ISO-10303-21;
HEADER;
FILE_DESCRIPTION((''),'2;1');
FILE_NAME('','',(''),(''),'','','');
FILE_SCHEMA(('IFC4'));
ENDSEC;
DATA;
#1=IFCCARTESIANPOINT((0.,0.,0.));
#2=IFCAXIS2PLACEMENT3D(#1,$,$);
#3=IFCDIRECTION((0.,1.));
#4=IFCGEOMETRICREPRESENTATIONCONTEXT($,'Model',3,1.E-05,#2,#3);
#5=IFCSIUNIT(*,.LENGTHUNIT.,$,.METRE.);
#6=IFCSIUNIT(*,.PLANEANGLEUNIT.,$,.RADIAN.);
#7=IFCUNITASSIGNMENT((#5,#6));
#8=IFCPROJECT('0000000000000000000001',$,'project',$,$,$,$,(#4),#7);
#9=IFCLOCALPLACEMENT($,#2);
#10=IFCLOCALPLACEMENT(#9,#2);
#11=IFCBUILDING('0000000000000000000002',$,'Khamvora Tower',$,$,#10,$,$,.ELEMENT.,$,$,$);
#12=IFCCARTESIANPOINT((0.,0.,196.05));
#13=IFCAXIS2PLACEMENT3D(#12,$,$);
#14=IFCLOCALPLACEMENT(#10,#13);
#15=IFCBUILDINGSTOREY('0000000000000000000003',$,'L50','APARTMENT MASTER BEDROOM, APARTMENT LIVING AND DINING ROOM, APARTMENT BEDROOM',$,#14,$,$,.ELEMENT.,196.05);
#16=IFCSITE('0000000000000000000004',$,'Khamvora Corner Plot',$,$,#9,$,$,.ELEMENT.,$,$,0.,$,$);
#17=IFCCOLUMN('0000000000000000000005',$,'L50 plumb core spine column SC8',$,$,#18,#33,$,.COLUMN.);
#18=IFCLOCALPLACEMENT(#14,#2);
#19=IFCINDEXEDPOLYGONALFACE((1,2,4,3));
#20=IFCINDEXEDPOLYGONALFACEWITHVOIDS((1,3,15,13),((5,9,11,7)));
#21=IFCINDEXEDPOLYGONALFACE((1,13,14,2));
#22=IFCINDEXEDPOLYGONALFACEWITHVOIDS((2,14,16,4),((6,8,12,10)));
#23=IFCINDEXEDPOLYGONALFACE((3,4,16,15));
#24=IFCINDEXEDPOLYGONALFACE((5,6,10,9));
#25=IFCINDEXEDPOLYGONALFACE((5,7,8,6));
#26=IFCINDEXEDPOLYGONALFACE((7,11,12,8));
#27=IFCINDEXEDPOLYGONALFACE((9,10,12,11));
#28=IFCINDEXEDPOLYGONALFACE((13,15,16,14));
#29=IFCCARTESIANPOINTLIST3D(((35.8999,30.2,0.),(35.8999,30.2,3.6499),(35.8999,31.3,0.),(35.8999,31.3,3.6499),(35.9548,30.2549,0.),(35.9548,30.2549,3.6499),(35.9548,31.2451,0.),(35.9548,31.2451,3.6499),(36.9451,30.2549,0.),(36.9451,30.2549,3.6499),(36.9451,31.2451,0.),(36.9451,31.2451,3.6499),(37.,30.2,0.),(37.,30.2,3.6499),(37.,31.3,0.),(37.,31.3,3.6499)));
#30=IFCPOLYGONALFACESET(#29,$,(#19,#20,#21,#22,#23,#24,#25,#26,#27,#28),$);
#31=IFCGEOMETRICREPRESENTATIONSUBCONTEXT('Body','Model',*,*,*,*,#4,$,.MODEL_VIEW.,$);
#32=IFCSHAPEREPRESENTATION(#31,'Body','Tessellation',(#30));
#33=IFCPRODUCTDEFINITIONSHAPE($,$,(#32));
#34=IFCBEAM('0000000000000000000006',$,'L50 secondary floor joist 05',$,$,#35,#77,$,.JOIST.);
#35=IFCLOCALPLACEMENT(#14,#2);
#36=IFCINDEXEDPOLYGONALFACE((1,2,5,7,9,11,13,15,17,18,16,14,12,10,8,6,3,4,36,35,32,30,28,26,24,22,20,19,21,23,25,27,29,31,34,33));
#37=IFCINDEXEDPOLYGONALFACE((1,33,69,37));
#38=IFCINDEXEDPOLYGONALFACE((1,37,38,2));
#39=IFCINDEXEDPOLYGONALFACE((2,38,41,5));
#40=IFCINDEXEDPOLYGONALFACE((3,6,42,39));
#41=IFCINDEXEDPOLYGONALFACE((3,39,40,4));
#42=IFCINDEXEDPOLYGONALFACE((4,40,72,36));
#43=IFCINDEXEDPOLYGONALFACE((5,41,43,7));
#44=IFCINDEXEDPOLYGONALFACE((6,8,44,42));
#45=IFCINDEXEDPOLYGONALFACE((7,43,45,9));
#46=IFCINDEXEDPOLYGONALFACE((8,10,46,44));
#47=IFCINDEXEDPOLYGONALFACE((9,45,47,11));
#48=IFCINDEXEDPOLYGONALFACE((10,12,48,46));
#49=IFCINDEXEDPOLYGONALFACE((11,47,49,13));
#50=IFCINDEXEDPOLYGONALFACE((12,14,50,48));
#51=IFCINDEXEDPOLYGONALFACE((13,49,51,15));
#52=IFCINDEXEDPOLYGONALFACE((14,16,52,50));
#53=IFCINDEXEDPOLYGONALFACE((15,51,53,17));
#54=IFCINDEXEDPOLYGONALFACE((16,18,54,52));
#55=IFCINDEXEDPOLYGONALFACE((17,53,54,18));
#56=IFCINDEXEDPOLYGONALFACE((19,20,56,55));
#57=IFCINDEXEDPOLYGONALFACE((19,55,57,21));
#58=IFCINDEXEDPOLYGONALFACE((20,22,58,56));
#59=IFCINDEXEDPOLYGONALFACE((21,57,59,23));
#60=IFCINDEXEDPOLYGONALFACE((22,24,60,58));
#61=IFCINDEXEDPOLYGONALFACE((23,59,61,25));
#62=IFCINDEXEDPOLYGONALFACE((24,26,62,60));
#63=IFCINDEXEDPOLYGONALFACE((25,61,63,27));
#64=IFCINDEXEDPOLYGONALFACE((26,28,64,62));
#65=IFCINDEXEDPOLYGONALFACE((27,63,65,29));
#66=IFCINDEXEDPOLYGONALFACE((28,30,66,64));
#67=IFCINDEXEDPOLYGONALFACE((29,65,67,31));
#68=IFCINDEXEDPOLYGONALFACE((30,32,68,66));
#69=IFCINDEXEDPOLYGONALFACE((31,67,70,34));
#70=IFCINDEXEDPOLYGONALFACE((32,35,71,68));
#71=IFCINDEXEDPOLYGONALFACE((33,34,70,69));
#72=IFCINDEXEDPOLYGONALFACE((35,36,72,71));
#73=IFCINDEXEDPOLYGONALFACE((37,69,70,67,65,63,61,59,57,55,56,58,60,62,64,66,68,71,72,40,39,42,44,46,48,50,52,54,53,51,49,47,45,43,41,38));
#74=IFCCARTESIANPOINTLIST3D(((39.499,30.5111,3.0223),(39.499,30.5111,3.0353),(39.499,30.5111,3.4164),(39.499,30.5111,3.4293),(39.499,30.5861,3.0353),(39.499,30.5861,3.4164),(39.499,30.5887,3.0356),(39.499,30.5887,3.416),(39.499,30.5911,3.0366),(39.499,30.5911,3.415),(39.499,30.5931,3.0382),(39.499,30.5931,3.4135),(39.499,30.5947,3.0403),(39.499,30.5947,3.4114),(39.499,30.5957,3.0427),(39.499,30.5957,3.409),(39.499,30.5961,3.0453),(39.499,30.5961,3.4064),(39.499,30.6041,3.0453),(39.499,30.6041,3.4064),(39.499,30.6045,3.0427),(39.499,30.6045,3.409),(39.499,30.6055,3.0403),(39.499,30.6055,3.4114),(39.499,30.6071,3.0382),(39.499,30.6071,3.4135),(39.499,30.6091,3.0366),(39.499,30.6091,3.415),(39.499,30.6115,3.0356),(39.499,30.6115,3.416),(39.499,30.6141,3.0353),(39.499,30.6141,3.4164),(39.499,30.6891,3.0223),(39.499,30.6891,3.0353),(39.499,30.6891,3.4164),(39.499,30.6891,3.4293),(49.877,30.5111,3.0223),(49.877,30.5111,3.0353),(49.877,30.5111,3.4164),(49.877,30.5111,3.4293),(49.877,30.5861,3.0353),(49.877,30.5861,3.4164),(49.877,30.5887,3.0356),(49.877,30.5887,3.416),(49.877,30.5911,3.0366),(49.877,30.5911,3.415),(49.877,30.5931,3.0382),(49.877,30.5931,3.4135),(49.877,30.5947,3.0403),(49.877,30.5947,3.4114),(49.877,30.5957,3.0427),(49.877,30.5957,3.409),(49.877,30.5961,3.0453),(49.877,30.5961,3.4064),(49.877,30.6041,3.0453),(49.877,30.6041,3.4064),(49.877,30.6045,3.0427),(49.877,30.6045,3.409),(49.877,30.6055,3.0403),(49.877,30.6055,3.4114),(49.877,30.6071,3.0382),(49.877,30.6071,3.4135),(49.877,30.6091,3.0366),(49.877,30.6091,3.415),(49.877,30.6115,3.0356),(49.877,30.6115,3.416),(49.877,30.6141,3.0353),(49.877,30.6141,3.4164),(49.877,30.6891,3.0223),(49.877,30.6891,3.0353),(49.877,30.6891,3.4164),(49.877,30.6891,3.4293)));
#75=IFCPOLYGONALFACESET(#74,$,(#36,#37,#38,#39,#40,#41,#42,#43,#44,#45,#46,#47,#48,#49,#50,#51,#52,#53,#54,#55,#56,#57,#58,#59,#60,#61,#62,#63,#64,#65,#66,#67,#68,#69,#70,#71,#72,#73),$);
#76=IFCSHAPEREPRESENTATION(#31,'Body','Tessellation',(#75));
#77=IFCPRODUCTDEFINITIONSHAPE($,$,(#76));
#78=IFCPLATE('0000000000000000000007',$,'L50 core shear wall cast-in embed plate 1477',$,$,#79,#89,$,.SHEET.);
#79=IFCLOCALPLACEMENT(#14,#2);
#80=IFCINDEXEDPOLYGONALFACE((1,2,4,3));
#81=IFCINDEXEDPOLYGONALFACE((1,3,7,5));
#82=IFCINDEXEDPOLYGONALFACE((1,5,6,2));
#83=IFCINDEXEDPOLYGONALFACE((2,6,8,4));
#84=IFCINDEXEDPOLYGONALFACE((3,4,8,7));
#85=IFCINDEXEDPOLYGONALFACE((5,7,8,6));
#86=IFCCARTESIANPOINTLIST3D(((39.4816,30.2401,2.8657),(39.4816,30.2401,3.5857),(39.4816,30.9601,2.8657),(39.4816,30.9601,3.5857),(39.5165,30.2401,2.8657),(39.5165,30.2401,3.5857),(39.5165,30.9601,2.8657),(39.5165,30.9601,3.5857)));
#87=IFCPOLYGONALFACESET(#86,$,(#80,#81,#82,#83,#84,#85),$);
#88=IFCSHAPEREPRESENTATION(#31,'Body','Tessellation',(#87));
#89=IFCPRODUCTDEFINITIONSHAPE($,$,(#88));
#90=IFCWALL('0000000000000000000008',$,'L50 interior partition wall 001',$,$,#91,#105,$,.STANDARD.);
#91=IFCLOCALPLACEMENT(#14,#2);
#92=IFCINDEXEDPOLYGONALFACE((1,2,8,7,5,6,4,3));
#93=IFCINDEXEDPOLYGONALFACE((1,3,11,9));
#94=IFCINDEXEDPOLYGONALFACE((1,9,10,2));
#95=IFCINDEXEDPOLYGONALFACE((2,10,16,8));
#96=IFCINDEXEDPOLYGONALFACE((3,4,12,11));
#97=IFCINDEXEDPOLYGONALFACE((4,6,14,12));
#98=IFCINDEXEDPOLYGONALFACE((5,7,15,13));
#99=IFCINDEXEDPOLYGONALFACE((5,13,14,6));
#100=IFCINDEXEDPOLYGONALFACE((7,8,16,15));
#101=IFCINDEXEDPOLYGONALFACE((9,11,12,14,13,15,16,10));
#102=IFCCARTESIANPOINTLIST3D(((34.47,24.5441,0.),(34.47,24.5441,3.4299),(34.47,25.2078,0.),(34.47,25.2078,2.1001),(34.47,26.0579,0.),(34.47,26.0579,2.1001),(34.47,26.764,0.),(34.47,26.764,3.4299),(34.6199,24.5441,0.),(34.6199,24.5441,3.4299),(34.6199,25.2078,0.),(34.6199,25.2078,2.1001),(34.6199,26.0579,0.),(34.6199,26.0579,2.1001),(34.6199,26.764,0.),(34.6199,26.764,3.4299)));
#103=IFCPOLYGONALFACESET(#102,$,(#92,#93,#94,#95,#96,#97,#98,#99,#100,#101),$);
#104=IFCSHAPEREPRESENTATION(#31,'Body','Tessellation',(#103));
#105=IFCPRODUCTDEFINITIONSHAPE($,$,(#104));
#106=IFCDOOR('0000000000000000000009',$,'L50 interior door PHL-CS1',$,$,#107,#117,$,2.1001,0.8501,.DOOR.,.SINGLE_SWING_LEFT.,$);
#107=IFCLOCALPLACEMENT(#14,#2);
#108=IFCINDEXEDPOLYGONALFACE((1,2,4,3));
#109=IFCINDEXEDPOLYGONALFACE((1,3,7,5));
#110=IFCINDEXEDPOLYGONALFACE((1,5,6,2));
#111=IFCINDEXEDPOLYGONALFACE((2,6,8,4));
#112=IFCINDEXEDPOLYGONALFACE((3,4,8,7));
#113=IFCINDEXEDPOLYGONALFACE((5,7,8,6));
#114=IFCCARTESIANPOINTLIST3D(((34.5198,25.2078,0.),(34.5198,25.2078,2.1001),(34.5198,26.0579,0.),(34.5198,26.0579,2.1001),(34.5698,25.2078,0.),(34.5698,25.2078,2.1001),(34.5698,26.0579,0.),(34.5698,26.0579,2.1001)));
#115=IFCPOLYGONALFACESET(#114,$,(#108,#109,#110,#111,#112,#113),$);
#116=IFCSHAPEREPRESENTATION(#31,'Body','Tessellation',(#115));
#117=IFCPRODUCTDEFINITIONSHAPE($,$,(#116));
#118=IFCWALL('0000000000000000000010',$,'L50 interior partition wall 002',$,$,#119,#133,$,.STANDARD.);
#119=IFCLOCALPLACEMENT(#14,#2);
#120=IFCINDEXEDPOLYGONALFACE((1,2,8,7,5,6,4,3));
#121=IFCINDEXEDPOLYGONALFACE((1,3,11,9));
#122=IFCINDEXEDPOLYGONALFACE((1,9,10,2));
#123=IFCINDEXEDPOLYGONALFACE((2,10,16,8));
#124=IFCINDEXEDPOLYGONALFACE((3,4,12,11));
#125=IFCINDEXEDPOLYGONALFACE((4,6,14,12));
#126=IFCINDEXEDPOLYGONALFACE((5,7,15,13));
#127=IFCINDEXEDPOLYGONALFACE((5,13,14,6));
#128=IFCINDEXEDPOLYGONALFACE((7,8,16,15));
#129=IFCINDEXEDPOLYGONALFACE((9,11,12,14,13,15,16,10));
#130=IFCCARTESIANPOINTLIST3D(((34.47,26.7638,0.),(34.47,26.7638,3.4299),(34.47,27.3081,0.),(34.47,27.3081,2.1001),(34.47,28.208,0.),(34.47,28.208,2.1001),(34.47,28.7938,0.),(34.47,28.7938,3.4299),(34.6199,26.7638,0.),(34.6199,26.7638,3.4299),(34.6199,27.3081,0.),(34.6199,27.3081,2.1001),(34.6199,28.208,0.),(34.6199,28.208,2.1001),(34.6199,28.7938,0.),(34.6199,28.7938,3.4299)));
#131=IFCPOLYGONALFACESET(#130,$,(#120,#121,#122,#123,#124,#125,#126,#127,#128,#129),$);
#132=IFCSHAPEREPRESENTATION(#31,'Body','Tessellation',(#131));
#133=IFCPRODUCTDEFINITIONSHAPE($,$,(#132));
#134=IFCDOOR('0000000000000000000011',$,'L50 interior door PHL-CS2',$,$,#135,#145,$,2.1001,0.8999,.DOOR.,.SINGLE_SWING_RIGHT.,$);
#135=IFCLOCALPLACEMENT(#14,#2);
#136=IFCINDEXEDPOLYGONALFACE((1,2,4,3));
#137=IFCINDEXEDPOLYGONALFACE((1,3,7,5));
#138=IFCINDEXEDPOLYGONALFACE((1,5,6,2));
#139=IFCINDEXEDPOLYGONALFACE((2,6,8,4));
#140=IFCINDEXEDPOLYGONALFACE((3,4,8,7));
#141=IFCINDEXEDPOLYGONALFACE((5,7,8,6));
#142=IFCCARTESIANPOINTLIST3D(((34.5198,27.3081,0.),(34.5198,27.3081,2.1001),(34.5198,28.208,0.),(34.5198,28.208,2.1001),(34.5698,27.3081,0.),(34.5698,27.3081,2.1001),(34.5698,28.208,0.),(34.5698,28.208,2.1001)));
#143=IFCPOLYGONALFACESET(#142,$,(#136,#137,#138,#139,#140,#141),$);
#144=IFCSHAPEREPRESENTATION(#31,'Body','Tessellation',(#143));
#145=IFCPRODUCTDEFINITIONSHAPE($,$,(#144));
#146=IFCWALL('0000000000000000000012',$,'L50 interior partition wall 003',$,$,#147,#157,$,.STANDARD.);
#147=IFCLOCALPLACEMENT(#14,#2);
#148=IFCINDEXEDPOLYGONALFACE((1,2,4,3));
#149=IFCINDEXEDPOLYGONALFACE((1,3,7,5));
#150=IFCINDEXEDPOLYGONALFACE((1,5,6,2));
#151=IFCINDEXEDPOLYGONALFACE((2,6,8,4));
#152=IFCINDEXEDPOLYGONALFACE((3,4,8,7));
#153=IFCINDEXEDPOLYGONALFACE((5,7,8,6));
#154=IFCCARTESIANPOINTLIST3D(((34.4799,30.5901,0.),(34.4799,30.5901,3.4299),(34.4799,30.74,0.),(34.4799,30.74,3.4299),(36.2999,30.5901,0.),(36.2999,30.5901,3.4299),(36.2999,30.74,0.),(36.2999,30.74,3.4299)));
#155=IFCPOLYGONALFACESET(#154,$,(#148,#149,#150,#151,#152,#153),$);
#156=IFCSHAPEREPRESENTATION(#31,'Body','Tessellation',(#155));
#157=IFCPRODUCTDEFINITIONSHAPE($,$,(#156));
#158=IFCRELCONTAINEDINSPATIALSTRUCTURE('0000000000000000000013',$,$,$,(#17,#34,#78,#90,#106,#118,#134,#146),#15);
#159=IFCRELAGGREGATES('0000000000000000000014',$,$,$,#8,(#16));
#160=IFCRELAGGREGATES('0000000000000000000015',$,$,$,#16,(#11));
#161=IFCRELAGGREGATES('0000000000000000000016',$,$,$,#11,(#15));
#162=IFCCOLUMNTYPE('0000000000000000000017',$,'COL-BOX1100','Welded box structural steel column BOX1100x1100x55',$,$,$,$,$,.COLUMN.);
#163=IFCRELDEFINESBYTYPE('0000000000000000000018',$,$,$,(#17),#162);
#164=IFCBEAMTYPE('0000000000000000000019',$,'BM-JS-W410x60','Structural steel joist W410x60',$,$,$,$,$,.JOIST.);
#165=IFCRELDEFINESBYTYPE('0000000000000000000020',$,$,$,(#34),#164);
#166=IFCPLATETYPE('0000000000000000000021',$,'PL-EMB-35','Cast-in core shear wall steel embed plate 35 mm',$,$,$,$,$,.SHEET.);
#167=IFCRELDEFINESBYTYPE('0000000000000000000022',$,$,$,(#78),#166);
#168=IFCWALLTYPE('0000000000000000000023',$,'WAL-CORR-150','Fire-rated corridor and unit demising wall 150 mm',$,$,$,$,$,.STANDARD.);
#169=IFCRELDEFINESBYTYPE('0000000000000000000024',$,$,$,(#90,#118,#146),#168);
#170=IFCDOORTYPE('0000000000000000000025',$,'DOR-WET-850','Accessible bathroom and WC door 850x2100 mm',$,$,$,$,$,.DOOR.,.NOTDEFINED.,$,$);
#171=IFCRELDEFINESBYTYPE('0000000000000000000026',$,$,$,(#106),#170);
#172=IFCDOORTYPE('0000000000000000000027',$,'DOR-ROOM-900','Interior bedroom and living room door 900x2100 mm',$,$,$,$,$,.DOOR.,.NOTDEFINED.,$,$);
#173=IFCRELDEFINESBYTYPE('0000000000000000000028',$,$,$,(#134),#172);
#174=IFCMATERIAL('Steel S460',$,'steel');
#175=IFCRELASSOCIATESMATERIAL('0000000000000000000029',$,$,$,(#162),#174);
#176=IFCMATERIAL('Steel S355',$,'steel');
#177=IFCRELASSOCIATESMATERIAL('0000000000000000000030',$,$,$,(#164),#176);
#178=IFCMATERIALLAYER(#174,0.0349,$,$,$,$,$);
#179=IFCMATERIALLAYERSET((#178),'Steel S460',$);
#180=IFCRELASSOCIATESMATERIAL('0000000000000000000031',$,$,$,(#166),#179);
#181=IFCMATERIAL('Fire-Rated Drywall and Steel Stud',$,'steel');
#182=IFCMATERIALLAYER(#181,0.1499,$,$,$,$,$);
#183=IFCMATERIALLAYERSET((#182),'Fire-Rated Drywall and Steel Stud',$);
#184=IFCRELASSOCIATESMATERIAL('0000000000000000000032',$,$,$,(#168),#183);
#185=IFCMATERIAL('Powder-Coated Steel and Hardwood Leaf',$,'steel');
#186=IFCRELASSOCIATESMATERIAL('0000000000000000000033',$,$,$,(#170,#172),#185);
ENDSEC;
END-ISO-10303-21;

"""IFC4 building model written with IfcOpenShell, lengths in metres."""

from ifc_helpers import new_model, si_unit, direction, frame, frame_2d, origin, origin_2d, place, context, subcontext, project, spatial, rectangle, hollow_rectangle, i_section, extrude, material, layer, layer_set, material_profile, profile_set, type_object, element, fill, save


model = new_model("IFC4")

# Units and contexts
model_context = context("Model", 3, precision=1e-05, world=origin(), true_north=direction((0.0, 1.0)))
body_context = subcontext(model_context, "Body", "Model", "MODEL_VIEW")
ifc_project = project(units=[si_unit("LENGTHUNIT", "METRE"), si_unit("PLANEANGLEUNIT", "RADIAN")], contexts=[model_context])

# Site, building, storey
site_placement = place(None, origin())
site = spatial("IfcSite", under=ifc_project, at=site_placement, Name="Khamvora Corner Plot", CompositionType="ELEMENT", RefElevation=0.0)
building_placement = place(site_placement, origin())
building = spatial("IfcBuilding", under=site, at=building_placement, Name="Khamvora Tower", CompositionType="ELEMENT")
storey_placement = place(building_placement, frame((0.0, 0.0, 196.05)))
storey = spatial("IfcBuildingStorey", under=building, at=storey_placement, Name="L50", Description="APARTMENT MASTER BEDROOM, APARTMENT LIVING AND DINING ROOM, APARTMENT BEDROOM", CompositionType="ELEMENT", Elevation=196.05)

# Column
ifc_material_1 = material(Name="Steel S460", Category="steel")
ifc_material_profile_1 = material_profile(ifc_material_1, hollow_rectangle(XDim=1.1001, YDim=1.1001, WallThickness=0.0549, at=origin_2d()), Name="BOX1100x1100x55")
ifc_profile_set_1 = profile_set([ifc_material_profile_1], Name="Steel S460")
column_type = type_object("IfcColumnType", Name="COL-BOX1100", Description="Welded box structural steel column BOX1100x1100x55", PredefinedType="COLUMN", material=ifc_profile_set_1)
column_placement = place(storey_placement, frame((36.45, 30.75, 0.0), z_axis=(0.0, 0.0, 1.0), x_axis=(1.0, 0.0, 0.0)))
element("IfcColumn", 1, at=column_placement, inside=storey, type_object=column_type, Name="L50 plumb core spine column SC8", PredefinedType="COLUMN", context=body_context, shape_type="SweptSolid", body=[
    extrude(hollow_rectangle(XDim=1.1001, YDim=1.1001, WallThickness=0.0549, at=origin_2d()), origin(), (0.0, 0.0, 1.0), 3.6499),
])

# Beam
ifc_material_2 = material(Name="Steel S355", Category="steel")
ifc_material_profile_2 = material_profile(ifc_material_2, i_section(OverallWidth=0.178, OverallDepth=0.407, WebThickness=0.0081, FlangeThickness=0.0129, FilletRadius=0.01, at=origin_2d()), Name="W410x60")
ifc_profile_set_2 = profile_set([ifc_material_profile_2], Name="Steel S355")
beam_type = type_object("IfcBeamType", Name="BM-JS-W410x60", Description="Structural steel joist W410x60", PredefinedType="JOIST", material=ifc_profile_set_2)
beam_placement = place(storey_placement, frame((39.499, 30.6001, 3.2258), z_axis=(1.0, 0.0, 0.0), x_axis=(0.0, 1.0, 0.0)))
element("IfcBeam", 2, at=beam_placement, inside=storey, type_object=beam_type, Name="L50 secondary floor joist 05", PredefinedType="JOIST", context=body_context, shape_type="SweptSolid", body=[
    extrude(i_section(OverallWidth=0.178, OverallDepth=0.407, WebThickness=0.0081, FlangeThickness=0.0129, FilletRadius=0.01, at=origin_2d()), origin(), (0.0, 0.0, 1.0), 10.3779),
])

# Plate
ifc_layer_1 = layer(ifc_material_1, 0.0349)
ifc_layer_set_1 = layer_set([ifc_layer_1], Name="Steel S460")
plate_type = type_object("IfcPlateType", Name="PL-EMB-35", Description="Cast-in core shear wall steel embed plate 35 mm", PredefinedType="SHEET", material=ifc_layer_set_1)
plate_placement = place(storey_placement, frame((39.499, 30.6001, 2.8657), z_axis=(0.0, 0.0, 1.0), x_axis=(1.0, 0.0, 0.0)))
element("IfcPlate", 3, at=plate_placement, inside=storey, type_object=plate_type, Name="L50 core shear wall cast-in embed plate 1477", PredefinedType="SHEET", context=body_context, shape_type="SweptSolid", body=[
    extrude(rectangle(XDim=0.0349, YDim=0.72, at=origin_2d()), origin(), (0.0, 0.0, 1.0), 0.72),
])

# Shared definitions
ifc_material_3 = material(Name="Powder-Coated Steel and Hardwood Leaf", Category="steel")

# Walls, openings, doors
ifc_material_4 = material(Name="Fire-Rated Drywall and Steel Stud", Category="steel")
ifc_layer_2 = layer(ifc_material_4, 0.1499)
ifc_layer_set_2 = layer_set([ifc_layer_2], Name="Fire-Rated Drywall and Steel Stud")
wall_type_1 = type_object("IfcWallType", Name="WAL-CORR-150", Description="Fire-rated corridor and unit demising wall 150 mm", PredefinedType="STANDARD", material=ifc_layer_set_2)
wall_1_placement = place(storey_placement, frame((34.5449, 26.7639, 0.0), z_axis=(0.0, 0.0, 1.0), x_axis=(0.0, -1.0, 0.0)))
wall_1 = element("IfcWall", 4, at=wall_1_placement, inside=storey, type_object=wall_type_1, Name="L50 interior partition wall 001", PredefinedType="STANDARD", context=body_context, shape_type="SweptSolid", body=[
    extrude(rectangle(XDim=2.22, YDim=0.1499, at=frame_2d((1.1099, 0.0))), origin(), (0.0, 0.0, 1.0), 3.4299),
])
opening_1_placement = place(wall_1_placement, frame((0.7061, 0.0, 0.0)))
opening_1 = element("IfcOpeningElement", 5, at=opening_1_placement, cuts=wall_1, PredefinedType="OPENING", context=body_context, shape_type="SweptSolid", body=[
    extrude(rectangle(XDim=0.8501, YDim=2.1001, at=frame_2d((0.425, 1.05))), frame((0.0, 0.085, 0.0), z_axis=(0.0, -1.0, 0.0), x_axis=(1.0, 0.0, 0.0)), (0.0, 0.0, 1.0), 0.1699),
])
door_type_1 = type_object("IfcDoorType", Name="DOR-WET-850", Description="Accessible bathroom and WC door 850x2100 mm", OperationType="NOTDEFINED", PredefinedType="DOOR", material=ifc_material_3)
door_1_placement = place(opening_1_placement, origin())
door_1 = element("IfcDoor", 6, at=door_1_placement, inside=storey, type_object=door_type_1, Name="L50 interior door PHL-CS1", OperationType="SINGLE_SWING_LEFT", OverallHeight=2.1001, OverallWidth=0.8501, PredefinedType="DOOR", context=body_context, shape_type="SweptSolid", body=[
    extrude(rectangle(XDim=0.8501, YDim=2.1001, at=frame_2d((0.425, 1.05))), frame((0.0, 0.0249, 0.0), z_axis=(0.0, -1.0, 0.0), x_axis=(1.0, 0.0, 0.0)), (0.0, 0.0, 1.0), 0.05),
])
fill(opening_1, door_1)
wall_2_placement = place(storey_placement, frame((34.5449, 28.7939, 0.0), z_axis=(0.0, 0.0, 1.0), x_axis=(0.0, -1.0, 0.0)))
wall_2 = element("IfcWall", 7, at=wall_2_placement, inside=storey, type_object=wall_type_1, Name="L50 interior partition wall 002", PredefinedType="STANDARD", context=body_context, shape_type="SweptSolid", body=[
    extrude(rectangle(XDim=2.03, YDim=0.1499, at=frame_2d((1.0151, 0.0))), origin(), (0.0, 0.0, 1.0), 3.4299),
])
opening_2_placement = place(wall_2_placement, frame((0.5859, 0.0, 0.0)))
opening_2 = element("IfcOpeningElement", 8, at=opening_2_placement, cuts=wall_2, PredefinedType="OPENING", context=body_context, shape_type="SweptSolid", body=[
    extrude(rectangle(XDim=0.8999, YDim=2.1001, at=frame_2d((0.45, 1.05))), frame((0.0, 0.085, 0.0), z_axis=(0.0, -1.0, 0.0), x_axis=(1.0, 0.0, 0.0)), (0.0, 0.0, 1.0), 0.1699),
])
door_type_2 = type_object("IfcDoorType", Name="DOR-ROOM-900", Description="Interior bedroom and living room door 900x2100 mm", OperationType="NOTDEFINED", PredefinedType="DOOR", material=ifc_material_3)
door_2_placement = place(opening_2_placement, origin())
door_2 = element("IfcDoor", 9, at=door_2_placement, inside=storey, type_object=door_type_2, Name="L50 interior door PHL-CS2", OperationType="SINGLE_SWING_RIGHT", OverallHeight=2.1001, OverallWidth=0.8999, PredefinedType="DOOR", context=body_context, shape_type="SweptSolid", body=[
    extrude(rectangle(XDim=0.8999, YDim=2.1001, at=frame_2d((0.45, 1.05))), frame((0.0, 0.0249, 0.0), z_axis=(0.0, -1.0, 0.0), x_axis=(1.0, 0.0, 0.0)), (0.0, 0.0, 1.0), 0.05),
])
fill(opening_2, door_2)

# Wall
wall_3_placement = place(storey_placement, frame((36.3, 30.665, 0.0), z_axis=(0.0, 0.0, 1.0), x_axis=(-1.0, 0.0, 0.0)))
element("IfcWall", 10, at=wall_3_placement, inside=storey, type_object=wall_type_1, Name="L50 interior partition wall 003", PredefinedType="STANDARD", context=body_context, shape_type="SweptSolid", body=[
    extrude(rectangle(XDim=1.8201, YDim=0.1499, at=frame_2d((0.9102, 0.0))), origin(), (0.0, 0.0, 1.0), 3.4299),
])

save(model, "model.ifc")
